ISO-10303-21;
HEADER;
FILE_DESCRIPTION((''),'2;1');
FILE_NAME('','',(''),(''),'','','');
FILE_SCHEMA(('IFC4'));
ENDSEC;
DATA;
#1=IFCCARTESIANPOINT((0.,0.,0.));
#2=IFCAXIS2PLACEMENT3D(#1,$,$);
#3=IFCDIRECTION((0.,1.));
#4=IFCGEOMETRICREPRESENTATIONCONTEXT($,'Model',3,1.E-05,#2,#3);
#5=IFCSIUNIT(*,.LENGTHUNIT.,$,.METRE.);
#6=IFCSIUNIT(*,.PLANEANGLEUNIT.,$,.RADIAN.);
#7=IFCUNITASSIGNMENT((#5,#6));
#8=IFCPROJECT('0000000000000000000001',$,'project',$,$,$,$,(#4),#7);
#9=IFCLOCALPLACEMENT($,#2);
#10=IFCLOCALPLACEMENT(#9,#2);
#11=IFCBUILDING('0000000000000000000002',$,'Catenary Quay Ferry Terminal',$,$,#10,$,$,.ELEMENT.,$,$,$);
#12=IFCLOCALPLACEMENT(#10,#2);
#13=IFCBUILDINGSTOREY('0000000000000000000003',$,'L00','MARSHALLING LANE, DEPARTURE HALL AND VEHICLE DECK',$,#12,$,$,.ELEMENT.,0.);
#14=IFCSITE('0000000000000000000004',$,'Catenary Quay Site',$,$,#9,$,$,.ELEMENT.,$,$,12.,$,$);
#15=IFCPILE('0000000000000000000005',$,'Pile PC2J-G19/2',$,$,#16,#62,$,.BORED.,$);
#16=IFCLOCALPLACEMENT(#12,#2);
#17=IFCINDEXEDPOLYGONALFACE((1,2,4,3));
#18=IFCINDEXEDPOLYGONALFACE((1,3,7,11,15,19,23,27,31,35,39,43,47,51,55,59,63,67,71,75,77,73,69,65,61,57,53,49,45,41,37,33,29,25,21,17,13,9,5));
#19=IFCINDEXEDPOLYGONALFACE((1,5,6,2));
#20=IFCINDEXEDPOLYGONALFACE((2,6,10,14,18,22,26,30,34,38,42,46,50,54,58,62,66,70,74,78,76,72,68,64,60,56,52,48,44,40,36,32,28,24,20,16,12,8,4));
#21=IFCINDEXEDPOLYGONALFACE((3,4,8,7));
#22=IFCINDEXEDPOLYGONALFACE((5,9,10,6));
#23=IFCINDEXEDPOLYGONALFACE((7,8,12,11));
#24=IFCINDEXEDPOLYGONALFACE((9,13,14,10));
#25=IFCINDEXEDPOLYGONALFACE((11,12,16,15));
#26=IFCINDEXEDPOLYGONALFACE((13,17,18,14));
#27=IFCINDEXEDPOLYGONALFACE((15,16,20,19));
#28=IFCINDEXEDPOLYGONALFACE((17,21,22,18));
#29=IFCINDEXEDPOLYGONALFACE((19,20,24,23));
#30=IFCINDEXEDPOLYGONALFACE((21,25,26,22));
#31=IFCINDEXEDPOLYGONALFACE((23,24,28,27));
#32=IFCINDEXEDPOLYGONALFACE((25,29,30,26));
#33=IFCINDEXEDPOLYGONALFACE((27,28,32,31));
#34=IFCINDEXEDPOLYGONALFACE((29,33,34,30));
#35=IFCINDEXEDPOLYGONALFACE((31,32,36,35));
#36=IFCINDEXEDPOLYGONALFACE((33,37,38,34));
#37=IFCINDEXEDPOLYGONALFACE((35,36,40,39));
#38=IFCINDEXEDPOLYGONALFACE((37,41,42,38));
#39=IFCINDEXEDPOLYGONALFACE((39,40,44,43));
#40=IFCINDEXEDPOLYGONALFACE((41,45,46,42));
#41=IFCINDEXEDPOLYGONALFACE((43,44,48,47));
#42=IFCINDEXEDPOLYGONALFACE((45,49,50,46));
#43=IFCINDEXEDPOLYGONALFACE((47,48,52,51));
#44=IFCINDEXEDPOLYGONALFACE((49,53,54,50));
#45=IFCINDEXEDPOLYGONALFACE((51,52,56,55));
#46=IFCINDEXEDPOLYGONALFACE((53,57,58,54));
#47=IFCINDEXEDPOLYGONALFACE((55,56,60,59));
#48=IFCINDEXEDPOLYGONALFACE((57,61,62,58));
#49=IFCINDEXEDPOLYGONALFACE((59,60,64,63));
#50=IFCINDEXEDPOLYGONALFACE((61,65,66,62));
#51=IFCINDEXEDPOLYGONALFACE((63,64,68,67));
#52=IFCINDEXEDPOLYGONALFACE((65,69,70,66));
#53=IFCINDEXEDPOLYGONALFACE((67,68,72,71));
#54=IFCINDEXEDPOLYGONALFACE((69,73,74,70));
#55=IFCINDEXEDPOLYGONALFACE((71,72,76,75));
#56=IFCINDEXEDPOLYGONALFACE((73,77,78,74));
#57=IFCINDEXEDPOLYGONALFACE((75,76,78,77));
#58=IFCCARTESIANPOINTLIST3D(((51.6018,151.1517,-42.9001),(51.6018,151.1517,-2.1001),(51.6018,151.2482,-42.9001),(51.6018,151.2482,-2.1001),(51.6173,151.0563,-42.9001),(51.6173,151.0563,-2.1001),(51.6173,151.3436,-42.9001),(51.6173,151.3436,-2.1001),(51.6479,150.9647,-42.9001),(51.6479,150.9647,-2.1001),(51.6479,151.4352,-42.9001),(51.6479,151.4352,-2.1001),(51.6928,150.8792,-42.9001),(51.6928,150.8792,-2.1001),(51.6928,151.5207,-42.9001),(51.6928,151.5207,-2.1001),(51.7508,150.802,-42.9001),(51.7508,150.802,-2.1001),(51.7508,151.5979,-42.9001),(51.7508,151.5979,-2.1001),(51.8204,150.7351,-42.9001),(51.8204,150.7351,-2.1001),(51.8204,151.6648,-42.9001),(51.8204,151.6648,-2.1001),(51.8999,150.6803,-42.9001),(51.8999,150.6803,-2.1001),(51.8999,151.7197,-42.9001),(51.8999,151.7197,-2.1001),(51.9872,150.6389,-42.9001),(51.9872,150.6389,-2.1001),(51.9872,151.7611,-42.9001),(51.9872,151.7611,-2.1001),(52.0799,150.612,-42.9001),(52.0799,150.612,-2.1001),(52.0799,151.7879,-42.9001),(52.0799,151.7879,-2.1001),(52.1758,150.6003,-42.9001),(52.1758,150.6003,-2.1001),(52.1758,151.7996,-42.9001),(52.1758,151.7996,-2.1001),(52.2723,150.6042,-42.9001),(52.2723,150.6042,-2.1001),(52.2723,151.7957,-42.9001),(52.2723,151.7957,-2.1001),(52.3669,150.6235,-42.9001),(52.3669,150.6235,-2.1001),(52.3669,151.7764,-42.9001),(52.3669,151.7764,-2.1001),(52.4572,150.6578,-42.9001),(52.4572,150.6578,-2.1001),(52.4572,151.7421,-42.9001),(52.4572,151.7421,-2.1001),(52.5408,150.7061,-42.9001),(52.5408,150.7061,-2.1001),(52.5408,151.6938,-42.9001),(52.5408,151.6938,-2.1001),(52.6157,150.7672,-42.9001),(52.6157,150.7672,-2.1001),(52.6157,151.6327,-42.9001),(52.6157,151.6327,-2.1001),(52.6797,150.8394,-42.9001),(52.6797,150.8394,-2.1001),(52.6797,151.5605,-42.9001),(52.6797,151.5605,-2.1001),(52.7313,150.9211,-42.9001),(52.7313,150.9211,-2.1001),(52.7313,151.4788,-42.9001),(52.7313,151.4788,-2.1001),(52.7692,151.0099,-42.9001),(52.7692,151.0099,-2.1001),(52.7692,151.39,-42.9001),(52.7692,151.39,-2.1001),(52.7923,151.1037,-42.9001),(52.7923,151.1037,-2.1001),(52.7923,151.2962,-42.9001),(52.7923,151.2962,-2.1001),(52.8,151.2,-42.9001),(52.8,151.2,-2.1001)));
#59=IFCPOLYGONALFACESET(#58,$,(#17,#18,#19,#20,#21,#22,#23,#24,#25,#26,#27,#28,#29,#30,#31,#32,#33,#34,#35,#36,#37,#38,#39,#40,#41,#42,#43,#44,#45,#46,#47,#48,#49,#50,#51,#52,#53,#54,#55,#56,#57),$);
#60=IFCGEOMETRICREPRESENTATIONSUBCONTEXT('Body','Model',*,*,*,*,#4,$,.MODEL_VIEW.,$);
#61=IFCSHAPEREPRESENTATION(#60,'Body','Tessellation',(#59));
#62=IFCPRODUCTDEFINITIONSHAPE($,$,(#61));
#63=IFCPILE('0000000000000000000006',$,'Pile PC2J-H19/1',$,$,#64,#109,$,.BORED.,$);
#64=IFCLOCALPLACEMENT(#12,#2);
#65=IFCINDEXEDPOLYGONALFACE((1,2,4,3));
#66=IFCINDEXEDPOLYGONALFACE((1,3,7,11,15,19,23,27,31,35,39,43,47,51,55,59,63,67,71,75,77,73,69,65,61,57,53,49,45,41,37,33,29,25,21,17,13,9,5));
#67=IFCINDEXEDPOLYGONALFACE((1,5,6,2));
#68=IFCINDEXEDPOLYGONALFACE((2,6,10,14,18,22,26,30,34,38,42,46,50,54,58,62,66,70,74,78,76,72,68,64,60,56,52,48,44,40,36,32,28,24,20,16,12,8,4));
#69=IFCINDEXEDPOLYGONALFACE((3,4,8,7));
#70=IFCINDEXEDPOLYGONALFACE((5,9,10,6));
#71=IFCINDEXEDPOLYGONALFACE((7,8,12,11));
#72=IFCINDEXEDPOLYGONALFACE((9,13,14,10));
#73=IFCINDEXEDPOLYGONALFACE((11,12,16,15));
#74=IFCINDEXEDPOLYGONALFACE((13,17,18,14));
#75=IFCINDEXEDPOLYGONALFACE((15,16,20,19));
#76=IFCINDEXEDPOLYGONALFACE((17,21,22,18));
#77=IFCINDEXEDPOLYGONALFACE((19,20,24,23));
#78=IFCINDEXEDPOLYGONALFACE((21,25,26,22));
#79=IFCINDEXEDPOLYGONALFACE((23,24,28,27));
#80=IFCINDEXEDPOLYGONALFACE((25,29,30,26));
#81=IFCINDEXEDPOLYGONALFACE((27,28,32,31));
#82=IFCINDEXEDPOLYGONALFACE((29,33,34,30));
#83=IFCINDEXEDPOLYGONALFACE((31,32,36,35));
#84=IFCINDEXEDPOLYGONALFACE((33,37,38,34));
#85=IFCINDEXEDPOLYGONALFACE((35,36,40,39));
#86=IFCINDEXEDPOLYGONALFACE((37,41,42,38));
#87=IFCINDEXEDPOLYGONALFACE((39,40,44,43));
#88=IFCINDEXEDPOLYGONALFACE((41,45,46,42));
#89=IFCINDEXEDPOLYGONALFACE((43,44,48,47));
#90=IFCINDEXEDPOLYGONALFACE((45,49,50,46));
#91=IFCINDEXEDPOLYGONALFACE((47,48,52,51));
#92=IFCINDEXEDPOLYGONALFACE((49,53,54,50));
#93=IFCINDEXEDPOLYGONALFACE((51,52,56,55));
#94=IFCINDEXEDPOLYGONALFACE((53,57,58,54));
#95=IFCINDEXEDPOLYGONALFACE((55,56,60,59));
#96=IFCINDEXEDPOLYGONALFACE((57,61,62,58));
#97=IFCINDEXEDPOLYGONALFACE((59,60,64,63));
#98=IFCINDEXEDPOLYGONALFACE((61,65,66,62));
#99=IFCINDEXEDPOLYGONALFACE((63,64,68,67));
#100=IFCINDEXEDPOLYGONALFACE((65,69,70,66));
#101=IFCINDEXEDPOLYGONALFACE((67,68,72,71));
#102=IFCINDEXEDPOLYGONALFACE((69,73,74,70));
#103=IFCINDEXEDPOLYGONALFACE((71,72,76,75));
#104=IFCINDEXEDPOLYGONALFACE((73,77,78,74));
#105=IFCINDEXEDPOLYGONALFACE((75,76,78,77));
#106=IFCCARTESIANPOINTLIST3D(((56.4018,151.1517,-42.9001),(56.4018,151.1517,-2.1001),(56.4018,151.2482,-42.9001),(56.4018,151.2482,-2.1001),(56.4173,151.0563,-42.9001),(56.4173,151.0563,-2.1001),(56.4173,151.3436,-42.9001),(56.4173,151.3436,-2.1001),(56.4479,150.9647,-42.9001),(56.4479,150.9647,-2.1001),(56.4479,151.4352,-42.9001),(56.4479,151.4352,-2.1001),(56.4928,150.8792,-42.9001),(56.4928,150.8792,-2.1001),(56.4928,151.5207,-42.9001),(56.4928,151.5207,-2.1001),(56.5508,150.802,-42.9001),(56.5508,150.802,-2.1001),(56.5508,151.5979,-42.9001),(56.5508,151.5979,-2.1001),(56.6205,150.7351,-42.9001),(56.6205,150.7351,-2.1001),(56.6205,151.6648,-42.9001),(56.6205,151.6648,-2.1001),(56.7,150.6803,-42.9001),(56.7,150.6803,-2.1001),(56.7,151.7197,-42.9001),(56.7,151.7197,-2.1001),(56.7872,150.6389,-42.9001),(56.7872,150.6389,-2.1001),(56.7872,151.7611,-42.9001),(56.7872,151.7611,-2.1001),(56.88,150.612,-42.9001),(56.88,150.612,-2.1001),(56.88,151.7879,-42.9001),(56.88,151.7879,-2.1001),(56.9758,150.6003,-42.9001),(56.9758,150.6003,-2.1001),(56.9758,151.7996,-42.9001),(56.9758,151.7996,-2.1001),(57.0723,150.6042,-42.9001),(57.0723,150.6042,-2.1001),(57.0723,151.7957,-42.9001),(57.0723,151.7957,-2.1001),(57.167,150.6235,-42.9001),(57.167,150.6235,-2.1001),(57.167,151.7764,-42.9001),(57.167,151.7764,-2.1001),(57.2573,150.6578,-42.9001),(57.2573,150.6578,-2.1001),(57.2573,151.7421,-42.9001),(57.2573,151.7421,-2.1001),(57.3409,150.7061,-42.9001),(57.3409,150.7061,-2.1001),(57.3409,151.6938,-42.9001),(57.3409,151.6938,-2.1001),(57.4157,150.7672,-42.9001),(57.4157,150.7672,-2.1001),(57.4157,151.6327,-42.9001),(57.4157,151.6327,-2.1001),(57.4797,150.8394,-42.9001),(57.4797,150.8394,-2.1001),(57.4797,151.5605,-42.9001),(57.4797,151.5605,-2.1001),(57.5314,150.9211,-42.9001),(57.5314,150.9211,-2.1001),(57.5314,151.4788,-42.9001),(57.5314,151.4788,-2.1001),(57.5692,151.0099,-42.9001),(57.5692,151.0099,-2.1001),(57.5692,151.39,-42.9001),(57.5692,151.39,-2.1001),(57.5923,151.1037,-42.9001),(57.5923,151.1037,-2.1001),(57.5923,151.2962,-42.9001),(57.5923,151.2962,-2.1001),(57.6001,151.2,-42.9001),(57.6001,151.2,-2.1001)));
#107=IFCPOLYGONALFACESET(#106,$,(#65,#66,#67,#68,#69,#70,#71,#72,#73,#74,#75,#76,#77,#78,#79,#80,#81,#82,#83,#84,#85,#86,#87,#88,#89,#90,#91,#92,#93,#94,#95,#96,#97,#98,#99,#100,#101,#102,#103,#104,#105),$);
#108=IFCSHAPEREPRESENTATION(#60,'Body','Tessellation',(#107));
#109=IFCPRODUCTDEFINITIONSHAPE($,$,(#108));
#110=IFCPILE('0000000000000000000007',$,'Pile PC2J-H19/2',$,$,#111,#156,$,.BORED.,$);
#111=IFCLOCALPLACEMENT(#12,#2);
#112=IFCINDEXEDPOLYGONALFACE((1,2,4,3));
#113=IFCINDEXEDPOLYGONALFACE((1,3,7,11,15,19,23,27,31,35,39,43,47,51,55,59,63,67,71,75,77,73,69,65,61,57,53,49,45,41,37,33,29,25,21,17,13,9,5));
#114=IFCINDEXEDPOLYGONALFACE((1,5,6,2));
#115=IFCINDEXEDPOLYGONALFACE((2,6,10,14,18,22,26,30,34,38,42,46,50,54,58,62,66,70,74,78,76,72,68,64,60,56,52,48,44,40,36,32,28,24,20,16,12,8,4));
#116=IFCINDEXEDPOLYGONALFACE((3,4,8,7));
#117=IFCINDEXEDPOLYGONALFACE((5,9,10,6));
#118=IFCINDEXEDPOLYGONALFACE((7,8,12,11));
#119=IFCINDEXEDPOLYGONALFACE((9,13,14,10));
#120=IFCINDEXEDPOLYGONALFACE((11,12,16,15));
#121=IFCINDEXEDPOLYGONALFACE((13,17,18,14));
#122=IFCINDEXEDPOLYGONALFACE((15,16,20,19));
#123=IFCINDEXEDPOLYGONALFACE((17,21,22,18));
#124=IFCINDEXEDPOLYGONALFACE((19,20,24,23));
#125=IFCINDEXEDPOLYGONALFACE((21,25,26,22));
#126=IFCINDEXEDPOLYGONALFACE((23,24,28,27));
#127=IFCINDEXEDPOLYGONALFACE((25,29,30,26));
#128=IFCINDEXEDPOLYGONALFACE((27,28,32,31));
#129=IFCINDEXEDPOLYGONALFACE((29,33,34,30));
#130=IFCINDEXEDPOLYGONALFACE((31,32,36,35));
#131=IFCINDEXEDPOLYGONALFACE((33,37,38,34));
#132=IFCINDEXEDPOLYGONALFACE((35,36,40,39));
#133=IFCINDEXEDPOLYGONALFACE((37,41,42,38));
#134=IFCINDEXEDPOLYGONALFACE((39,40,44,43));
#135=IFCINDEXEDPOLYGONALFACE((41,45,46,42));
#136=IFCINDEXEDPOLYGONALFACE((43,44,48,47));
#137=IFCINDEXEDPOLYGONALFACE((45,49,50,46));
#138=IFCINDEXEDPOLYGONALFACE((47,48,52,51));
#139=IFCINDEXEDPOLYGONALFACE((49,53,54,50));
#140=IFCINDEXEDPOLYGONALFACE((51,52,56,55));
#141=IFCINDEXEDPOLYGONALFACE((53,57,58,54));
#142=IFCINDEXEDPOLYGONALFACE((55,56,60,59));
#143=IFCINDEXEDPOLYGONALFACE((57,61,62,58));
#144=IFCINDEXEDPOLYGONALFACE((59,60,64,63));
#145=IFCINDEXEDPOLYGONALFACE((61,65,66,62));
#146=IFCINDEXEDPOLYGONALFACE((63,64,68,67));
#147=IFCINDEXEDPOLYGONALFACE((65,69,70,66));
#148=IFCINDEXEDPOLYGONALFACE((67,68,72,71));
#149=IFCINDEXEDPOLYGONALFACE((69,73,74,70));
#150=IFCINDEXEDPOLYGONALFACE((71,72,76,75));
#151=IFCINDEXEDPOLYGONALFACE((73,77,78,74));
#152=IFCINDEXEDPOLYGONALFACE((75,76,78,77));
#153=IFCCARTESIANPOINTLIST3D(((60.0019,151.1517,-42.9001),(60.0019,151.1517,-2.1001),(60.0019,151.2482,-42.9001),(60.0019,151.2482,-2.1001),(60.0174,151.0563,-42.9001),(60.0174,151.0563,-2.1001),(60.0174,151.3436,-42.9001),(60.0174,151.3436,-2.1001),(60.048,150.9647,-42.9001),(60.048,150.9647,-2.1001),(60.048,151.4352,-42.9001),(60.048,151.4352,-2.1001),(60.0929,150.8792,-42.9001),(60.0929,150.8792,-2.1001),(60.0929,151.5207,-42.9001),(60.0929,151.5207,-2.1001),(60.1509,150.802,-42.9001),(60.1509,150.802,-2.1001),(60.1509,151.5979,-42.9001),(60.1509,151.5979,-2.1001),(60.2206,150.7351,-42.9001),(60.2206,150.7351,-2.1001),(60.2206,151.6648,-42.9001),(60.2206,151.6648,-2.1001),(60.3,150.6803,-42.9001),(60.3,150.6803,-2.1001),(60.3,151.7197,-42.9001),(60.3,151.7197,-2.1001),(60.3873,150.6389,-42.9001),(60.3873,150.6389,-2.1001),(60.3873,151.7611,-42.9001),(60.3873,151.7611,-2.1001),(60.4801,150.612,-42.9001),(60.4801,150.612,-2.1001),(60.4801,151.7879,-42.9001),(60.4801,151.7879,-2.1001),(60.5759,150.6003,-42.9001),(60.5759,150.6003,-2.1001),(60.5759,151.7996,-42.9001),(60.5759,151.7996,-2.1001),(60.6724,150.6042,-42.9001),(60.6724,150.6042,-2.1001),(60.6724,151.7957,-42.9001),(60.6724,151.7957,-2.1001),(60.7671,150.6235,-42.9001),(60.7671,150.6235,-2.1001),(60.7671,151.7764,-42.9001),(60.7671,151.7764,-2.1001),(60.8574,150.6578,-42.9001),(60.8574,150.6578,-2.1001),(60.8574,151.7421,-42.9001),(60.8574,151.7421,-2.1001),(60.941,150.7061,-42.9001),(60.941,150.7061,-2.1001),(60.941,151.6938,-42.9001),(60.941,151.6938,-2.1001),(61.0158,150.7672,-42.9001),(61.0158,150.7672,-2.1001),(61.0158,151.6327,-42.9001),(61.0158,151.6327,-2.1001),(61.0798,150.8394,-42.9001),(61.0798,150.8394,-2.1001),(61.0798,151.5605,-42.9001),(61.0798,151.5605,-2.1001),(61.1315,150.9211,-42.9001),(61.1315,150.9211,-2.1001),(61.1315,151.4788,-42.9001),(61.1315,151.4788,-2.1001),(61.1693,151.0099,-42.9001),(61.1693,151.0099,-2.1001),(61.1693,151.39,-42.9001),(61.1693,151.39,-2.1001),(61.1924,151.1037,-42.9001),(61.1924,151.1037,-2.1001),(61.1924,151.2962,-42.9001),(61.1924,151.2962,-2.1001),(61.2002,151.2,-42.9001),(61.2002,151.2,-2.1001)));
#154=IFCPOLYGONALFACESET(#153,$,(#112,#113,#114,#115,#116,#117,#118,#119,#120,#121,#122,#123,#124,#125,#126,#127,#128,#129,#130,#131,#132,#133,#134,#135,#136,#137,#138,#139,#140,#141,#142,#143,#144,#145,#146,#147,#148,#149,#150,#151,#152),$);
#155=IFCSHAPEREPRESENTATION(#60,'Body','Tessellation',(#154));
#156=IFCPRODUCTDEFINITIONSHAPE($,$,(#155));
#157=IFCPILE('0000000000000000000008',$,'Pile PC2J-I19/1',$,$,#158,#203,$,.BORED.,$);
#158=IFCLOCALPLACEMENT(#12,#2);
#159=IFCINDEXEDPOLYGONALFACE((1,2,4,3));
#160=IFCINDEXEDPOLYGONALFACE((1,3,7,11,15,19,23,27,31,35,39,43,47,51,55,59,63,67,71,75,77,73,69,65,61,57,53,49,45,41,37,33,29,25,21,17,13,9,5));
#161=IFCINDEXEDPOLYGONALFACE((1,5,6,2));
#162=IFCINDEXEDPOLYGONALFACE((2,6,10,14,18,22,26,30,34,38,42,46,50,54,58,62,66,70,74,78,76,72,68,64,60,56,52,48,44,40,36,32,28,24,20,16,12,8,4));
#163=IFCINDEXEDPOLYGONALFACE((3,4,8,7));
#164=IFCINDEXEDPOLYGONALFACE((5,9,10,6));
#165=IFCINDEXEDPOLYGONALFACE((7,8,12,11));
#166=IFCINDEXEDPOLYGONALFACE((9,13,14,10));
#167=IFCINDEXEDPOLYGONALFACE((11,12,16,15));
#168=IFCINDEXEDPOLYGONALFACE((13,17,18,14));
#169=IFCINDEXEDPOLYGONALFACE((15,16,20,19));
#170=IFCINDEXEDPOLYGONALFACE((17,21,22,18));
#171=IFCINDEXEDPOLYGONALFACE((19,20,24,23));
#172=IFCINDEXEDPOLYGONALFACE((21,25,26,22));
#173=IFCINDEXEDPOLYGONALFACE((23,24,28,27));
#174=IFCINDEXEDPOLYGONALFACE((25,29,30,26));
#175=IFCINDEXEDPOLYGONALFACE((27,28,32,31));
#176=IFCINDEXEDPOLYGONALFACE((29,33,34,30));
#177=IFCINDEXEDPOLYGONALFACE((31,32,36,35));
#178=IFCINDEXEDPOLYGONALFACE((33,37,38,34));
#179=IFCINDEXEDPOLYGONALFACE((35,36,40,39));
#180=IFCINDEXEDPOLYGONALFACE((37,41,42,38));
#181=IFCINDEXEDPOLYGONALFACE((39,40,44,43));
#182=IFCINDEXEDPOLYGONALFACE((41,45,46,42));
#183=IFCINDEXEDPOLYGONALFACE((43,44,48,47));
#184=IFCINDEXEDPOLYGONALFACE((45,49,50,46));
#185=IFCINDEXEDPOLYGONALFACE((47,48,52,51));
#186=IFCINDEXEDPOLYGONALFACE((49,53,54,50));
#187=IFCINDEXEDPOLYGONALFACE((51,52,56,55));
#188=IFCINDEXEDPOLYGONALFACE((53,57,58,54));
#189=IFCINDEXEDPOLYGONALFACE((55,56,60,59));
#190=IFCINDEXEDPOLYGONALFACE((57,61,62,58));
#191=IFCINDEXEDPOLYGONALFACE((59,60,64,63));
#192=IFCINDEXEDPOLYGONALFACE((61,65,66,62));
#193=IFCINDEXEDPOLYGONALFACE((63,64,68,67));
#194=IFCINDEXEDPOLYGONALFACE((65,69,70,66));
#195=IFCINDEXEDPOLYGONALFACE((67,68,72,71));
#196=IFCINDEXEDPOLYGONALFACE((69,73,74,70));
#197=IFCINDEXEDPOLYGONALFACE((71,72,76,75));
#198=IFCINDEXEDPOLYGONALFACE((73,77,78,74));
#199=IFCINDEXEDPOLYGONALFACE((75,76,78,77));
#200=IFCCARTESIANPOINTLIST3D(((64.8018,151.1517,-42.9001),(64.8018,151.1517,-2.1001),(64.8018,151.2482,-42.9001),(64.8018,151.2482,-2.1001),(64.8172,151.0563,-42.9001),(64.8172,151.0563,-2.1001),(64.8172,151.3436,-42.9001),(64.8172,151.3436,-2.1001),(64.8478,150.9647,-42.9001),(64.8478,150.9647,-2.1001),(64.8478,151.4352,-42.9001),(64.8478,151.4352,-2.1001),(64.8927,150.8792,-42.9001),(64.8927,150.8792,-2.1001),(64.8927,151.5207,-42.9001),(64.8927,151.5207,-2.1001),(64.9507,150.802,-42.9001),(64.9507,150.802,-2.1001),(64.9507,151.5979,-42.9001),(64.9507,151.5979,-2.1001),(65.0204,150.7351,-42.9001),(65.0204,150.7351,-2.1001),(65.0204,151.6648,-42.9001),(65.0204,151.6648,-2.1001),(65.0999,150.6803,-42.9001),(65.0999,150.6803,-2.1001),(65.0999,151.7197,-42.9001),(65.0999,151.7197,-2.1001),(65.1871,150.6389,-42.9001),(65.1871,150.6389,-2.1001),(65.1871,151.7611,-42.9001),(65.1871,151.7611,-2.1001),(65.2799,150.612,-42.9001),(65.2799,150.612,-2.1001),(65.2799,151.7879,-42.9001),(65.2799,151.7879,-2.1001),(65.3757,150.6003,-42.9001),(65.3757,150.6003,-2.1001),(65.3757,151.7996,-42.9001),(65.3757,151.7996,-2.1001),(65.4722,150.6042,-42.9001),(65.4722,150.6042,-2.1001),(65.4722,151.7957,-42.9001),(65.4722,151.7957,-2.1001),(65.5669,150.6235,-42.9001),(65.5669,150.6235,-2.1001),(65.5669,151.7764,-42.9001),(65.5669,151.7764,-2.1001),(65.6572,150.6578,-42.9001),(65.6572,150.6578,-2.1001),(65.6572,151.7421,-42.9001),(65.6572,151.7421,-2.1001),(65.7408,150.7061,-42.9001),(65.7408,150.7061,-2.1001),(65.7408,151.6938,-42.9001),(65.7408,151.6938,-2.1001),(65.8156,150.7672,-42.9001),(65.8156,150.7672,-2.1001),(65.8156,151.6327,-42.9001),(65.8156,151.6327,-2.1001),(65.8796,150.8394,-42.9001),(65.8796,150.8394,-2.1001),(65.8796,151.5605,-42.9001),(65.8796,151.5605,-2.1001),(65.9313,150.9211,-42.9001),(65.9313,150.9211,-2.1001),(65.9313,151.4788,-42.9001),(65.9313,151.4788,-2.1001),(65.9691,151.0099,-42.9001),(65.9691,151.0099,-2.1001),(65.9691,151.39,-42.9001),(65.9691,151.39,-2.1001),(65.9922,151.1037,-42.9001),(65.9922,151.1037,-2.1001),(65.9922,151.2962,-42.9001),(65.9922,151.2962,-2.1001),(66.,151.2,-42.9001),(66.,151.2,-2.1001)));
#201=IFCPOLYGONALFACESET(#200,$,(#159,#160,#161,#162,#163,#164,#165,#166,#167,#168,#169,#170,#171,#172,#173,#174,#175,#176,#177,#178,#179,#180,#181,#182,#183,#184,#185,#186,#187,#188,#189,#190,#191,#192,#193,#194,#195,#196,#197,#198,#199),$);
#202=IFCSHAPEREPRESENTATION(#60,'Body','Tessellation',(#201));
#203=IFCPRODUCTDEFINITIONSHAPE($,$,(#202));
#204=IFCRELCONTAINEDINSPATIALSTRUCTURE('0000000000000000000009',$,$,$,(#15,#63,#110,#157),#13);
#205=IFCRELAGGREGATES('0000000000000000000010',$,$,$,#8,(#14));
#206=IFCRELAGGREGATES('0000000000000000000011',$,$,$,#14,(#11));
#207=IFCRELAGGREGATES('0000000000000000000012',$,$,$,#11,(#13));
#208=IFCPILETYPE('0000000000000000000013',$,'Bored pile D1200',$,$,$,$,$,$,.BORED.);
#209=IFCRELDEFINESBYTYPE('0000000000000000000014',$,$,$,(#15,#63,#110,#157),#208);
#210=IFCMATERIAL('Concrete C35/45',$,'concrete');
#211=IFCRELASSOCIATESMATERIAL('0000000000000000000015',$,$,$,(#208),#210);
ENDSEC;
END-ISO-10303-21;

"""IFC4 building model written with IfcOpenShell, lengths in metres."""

from ifc_helpers import new_model, si_unit, direction, frame, origin, origin_2d, place, context, subcontext, project, spatial, circle, extrude, material, material_profile, profile_set, type_object, element, save


model = new_model("IFC4")

# Units and contexts
model_context = context("Model", 3, precision=1e-05, world=origin(), true_north=direction((0.0, 1.0)))
body_context = subcontext(model_context, "Body", "Model", "MODEL_VIEW")
ifc_project = project(units=[si_unit("LENGTHUNIT", "METRE"), si_unit("PLANEANGLEUNIT", "RADIAN")], contexts=[model_context])

# Site, building, storey
site_placement = place(None, origin())
site = spatial("IfcSite", under=ifc_project, at=site_placement, Name="Catenary Quay Site", CompositionType="ELEMENT", RefElevation=12.0)
building_placement = place(site_placement, origin())
building = spatial("IfcBuilding", under=site, at=building_placement, Name="Catenary Quay Ferry Terminal", CompositionType="ELEMENT")
storey_placement = place(building_placement, origin())
storey = spatial("IfcBuildingStorey", under=building, at=storey_placement, Name="L00", Description="MARSHALLING LANE, DEPARTURE HALL AND VEHICLE DECK", CompositionType="ELEMENT", Elevation=0.0)

# Piles
ifc_material_1 = material(Name="Concrete C35/45", Category="concrete")
ifc_material_profile_1 = material_profile(ifc_material_1, circle(Radius=0.6001, at=origin_2d()), Name="D1200")
ifc_profile_set_1 = profile_set([ifc_material_profile_1], Name="Concrete C35/45")
pile_type = type_object("IfcPileType", Name="Bored pile D1200", PredefinedType="BORED", material=ifc_profile_set_1)
for number, where, z_axis, x_axis, name in (
    (1, (52.2, 151.2, -2.1001), (0.0, 0.0, -1.0), (1.0, 0.0, 0.0), "Pile PC2J-G19/2"),
    (2, (57.0, 151.2, -2.1001), (0.0, 0.0, -1.0), (1.0, 0.0, 0.0), "Pile PC2J-H19/1"),
    (3, (60.6001, 151.2, -2.1001), (0.0, 0.0, -1.0), (1.0, 0.0, 0.0), "Pile PC2J-H19/2"),
    (4, (65.3999, 151.2, -2.1001), (0.0, 0.0, -1.0), (1.0, 0.0, 0.0), "Pile PC2J-I19/1"),
):
    element("IfcPile", number, at=place(storey_placement, frame(where, z_axis=z_axis, x_axis=x_axis)), inside=storey, type_object=pile_type, Name=name, PredefinedType="BORED", context=body_context, shape_type="SweptSolid", body=[
        extrude(circle(Radius=0.6001, at=origin_2d()), origin(), (0.0, 0.0, 1.0), 40.8),
    ])

save(model, "model.ifc")
